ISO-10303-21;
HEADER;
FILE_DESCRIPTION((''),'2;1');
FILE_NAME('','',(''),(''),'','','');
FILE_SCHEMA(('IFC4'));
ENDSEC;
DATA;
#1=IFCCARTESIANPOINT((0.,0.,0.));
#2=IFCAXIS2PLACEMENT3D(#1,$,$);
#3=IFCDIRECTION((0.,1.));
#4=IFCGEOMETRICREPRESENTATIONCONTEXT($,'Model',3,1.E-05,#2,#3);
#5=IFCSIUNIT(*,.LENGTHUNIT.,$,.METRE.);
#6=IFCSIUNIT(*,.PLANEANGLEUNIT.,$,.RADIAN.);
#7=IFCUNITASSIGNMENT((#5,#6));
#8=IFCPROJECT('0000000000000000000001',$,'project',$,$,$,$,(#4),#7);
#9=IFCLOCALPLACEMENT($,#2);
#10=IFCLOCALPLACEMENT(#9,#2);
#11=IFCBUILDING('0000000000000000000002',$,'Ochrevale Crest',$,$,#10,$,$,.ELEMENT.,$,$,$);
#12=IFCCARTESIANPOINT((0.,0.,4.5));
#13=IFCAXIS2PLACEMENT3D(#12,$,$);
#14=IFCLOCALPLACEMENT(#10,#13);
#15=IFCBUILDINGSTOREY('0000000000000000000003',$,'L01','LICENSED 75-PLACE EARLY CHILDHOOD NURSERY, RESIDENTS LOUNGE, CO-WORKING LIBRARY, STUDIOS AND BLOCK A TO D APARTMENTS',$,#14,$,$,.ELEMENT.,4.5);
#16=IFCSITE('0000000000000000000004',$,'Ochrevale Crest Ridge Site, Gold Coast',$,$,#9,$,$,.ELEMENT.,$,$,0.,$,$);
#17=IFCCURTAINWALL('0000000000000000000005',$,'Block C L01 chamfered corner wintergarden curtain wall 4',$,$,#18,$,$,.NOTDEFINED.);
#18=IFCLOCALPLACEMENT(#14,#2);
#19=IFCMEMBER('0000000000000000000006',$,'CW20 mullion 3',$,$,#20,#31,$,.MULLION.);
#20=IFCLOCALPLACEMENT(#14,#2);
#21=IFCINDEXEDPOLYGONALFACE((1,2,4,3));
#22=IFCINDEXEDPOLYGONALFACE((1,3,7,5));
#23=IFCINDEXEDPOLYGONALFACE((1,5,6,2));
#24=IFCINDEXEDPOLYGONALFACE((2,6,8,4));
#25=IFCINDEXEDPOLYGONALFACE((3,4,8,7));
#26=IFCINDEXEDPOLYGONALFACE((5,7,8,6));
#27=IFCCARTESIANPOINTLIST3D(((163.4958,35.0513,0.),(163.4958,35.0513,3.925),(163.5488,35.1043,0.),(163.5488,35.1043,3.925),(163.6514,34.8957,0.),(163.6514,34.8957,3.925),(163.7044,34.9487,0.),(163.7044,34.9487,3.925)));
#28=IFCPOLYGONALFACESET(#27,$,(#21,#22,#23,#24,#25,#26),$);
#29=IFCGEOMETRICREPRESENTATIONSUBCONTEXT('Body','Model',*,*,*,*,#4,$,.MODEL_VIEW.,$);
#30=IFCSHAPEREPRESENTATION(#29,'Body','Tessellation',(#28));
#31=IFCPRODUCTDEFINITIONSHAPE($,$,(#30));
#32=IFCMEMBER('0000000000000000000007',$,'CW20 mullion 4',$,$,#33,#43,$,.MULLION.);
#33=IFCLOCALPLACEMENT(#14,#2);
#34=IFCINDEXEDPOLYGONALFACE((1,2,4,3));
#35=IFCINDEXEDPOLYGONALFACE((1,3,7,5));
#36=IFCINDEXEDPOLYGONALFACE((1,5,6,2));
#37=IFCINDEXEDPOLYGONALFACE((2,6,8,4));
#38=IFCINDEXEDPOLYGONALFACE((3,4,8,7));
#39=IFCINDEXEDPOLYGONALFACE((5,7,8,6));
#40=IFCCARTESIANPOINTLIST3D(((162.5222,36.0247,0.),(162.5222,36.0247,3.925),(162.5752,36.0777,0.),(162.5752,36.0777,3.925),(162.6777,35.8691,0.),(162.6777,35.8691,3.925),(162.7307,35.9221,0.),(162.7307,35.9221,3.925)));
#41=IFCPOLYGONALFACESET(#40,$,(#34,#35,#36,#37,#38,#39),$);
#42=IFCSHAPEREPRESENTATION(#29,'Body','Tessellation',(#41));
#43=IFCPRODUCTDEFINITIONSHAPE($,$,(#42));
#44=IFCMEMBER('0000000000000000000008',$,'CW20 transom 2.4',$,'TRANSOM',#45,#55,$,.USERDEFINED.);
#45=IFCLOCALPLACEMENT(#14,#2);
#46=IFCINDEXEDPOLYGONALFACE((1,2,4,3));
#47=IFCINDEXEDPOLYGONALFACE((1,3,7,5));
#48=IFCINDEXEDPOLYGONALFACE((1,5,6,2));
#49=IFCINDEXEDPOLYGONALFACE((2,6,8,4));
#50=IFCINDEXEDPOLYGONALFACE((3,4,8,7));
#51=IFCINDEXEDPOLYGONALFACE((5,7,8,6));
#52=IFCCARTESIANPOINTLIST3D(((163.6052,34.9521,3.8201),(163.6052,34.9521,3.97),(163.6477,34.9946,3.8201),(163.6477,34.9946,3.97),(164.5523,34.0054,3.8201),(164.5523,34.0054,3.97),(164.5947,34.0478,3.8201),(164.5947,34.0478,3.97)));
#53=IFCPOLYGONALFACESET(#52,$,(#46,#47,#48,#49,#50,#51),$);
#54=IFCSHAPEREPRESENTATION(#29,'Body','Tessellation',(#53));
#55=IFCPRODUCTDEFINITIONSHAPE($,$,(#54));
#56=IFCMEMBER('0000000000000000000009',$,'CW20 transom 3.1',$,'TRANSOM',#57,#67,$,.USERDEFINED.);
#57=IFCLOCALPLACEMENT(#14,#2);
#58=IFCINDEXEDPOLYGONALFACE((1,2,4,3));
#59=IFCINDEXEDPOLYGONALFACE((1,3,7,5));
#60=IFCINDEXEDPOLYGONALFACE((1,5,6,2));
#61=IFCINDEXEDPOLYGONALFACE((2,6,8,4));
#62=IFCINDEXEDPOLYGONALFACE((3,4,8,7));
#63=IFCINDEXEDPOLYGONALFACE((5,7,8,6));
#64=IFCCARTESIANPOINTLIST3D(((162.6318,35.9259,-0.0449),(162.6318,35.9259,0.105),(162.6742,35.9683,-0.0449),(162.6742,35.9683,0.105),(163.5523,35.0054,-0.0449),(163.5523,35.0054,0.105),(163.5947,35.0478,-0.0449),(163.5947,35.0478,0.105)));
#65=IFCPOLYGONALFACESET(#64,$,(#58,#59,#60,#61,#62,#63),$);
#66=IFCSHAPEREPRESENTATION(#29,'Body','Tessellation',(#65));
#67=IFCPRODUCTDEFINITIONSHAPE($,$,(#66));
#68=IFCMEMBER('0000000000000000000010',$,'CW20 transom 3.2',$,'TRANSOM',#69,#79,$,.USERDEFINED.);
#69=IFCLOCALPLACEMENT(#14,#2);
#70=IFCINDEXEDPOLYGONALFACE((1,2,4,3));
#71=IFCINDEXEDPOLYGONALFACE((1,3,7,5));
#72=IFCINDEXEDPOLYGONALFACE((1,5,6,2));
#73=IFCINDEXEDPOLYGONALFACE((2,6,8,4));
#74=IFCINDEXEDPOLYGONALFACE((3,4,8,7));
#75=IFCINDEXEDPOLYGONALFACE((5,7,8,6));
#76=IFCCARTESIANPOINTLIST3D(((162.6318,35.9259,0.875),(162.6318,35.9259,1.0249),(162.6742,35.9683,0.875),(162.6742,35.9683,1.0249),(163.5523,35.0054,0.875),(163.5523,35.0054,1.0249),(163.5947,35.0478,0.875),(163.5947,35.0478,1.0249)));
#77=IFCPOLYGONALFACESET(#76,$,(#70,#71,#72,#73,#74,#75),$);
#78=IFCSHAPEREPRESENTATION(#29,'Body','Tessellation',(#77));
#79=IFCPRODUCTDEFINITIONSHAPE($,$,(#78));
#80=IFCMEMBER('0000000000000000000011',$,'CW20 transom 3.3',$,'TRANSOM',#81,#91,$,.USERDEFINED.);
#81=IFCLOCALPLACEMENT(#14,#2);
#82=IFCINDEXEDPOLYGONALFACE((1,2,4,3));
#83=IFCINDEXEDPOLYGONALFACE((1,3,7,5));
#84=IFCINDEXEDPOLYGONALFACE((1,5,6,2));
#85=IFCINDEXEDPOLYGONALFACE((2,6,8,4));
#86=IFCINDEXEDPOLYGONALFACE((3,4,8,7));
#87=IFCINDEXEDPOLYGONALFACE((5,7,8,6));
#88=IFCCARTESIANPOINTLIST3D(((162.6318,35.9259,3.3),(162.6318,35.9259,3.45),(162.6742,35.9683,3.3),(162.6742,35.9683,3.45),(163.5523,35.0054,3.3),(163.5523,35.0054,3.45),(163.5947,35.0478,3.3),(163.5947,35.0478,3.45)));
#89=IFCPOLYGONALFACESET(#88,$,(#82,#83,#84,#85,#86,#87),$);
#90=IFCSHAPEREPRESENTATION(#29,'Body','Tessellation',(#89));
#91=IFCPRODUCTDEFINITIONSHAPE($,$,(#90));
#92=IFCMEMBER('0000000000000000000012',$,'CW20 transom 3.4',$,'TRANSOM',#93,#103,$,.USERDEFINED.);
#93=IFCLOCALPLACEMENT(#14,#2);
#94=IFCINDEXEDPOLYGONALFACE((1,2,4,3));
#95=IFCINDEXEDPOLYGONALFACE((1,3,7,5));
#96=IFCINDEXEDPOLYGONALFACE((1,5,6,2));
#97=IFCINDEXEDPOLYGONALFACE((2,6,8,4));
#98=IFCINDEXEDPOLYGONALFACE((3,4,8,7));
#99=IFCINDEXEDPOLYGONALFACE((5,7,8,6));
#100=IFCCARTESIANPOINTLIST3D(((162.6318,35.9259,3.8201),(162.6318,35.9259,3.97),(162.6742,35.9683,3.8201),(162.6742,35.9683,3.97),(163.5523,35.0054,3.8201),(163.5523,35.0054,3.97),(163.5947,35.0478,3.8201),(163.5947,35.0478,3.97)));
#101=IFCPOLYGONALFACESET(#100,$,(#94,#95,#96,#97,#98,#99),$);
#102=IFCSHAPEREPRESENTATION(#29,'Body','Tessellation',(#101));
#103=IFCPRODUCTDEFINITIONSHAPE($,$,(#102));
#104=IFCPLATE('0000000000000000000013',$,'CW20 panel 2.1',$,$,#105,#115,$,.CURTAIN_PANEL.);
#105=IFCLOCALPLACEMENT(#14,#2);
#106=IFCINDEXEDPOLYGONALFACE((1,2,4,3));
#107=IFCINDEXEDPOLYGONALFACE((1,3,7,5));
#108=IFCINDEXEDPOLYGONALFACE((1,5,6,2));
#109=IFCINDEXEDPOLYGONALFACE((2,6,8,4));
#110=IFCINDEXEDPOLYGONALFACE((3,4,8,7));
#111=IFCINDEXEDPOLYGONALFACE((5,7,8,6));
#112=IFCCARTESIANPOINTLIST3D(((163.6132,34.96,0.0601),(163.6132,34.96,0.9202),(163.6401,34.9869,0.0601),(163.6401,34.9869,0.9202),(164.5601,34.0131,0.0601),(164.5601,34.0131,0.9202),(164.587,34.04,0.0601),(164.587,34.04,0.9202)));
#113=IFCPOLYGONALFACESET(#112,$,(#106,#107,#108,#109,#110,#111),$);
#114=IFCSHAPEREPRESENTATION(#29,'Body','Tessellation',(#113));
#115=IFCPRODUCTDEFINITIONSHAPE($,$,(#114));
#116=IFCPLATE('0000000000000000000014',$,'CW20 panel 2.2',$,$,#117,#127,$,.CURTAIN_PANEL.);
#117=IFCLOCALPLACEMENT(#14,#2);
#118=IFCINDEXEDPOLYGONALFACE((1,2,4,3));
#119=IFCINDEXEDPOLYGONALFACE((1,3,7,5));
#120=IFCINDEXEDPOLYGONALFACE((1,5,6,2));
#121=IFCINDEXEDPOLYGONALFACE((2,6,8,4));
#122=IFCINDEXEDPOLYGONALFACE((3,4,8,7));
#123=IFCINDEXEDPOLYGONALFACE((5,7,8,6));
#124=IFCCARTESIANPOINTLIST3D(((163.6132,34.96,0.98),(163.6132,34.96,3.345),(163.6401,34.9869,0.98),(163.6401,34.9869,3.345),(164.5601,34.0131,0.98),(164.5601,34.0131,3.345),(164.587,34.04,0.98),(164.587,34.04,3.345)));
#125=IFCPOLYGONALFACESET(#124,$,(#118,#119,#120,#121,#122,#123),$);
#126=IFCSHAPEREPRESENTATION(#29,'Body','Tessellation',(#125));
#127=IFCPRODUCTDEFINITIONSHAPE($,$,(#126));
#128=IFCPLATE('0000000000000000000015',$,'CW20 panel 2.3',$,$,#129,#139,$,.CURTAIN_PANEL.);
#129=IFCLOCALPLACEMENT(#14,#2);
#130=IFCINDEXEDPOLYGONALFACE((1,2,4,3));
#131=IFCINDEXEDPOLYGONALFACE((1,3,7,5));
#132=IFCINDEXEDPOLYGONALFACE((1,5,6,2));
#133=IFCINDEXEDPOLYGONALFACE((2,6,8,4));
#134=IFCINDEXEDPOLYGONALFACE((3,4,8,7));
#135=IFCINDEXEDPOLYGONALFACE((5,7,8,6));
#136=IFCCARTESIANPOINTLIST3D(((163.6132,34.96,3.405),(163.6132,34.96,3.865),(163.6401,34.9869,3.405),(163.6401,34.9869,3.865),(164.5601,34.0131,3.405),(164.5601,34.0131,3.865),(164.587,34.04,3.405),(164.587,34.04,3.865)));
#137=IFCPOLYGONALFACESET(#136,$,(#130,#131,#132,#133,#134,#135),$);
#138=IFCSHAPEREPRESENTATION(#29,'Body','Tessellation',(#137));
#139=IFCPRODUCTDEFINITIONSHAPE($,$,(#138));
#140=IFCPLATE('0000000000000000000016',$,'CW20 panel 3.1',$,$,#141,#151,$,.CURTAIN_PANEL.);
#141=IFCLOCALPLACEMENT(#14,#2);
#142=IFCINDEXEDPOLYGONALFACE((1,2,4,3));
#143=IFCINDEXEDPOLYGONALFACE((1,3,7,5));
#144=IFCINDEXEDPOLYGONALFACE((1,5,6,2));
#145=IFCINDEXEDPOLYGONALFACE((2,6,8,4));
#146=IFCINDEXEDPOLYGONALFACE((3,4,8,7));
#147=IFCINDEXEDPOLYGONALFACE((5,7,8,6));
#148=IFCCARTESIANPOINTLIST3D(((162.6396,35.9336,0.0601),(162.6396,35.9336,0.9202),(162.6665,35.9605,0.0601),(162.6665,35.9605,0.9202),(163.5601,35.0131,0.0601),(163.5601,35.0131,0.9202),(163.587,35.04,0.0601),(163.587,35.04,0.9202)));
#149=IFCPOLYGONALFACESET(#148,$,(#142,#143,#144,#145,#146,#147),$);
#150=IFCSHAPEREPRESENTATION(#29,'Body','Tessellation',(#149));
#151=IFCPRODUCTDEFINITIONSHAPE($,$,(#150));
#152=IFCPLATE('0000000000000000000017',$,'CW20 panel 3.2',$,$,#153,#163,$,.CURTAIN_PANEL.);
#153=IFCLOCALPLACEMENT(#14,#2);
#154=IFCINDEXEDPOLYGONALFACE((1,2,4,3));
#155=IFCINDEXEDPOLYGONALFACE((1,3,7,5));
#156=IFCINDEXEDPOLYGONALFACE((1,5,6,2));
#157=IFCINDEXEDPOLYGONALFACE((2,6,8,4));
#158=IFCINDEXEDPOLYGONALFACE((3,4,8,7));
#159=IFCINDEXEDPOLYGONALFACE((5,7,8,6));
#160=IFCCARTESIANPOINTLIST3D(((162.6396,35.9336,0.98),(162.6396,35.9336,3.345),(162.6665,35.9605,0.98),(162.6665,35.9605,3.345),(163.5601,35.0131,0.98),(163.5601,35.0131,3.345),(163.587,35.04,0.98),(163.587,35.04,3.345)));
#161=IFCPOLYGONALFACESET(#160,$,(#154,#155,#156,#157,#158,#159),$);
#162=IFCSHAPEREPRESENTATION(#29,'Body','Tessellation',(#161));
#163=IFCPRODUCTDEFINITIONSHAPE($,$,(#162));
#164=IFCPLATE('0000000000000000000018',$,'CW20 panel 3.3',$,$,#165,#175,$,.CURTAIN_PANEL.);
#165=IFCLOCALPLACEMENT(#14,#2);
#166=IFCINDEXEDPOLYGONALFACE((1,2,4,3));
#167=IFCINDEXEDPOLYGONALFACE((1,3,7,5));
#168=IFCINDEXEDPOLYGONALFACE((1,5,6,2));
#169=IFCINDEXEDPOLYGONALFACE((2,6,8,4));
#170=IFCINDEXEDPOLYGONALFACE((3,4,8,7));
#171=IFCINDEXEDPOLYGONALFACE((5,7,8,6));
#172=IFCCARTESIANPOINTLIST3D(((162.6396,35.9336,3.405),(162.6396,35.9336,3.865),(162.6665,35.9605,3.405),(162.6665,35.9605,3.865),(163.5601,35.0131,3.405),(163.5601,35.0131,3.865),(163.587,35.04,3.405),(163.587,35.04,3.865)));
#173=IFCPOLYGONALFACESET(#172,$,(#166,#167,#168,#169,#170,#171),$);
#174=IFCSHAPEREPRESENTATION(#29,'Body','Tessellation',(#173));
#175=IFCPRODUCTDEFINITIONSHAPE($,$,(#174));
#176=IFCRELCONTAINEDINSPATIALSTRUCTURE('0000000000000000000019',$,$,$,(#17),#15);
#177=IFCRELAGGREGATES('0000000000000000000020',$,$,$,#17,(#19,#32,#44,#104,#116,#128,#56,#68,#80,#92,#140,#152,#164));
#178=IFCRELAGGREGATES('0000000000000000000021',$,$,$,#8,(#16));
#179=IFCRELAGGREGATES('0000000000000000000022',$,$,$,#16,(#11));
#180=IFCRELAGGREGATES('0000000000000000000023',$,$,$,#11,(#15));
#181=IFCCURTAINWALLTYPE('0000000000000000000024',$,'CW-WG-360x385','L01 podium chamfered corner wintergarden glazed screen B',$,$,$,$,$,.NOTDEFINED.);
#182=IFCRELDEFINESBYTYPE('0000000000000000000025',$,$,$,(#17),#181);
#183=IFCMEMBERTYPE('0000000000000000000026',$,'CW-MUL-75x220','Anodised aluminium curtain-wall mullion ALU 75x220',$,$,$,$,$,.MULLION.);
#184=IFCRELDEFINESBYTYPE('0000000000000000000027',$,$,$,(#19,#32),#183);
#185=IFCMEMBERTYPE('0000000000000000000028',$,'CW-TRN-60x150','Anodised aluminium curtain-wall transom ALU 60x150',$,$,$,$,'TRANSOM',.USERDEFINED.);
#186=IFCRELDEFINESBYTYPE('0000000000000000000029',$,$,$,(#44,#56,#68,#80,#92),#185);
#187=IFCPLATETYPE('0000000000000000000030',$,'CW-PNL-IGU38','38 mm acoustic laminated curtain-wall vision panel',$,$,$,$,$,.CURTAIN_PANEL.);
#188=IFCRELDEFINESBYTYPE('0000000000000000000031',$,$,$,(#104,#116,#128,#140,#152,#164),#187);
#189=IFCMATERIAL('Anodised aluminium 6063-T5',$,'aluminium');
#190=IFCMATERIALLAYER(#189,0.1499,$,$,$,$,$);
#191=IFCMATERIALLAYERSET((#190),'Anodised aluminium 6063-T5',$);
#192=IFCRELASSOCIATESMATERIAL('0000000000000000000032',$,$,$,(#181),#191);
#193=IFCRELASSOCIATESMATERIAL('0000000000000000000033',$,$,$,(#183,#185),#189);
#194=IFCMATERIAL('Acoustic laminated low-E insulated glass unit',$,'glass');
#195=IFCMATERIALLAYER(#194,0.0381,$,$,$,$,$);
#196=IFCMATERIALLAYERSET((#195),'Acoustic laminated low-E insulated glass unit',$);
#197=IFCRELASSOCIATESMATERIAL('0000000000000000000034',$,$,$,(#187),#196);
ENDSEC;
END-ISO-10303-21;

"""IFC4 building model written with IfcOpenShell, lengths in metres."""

from ifc_helpers import new_model, si_unit, direction, frame, origin, origin_2d, place, context, subcontext, project, spatial, rectangle, extrude, material, layer, layer_set, material_profile, profile_set, type_object, element, aggregate, save


model = new_model("IFC4")

# Units and contexts
model_context = context("Model", 3, precision=1e-05, world=origin(), true_north=direction((0.0, 1.0)))
body_context = subcontext(model_context, "Body", "Model", "MODEL_VIEW")
ifc_project = project(units=[si_unit("LENGTHUNIT", "METRE"), si_unit("PLANEANGLEUNIT", "RADIAN")], contexts=[model_context])

# Site, building, storey
site_placement = place(None, origin())
site = spatial("IfcSite", under=ifc_project, at=site_placement, Name="Ochrevale Crest Ridge Site, Gold Coast", CompositionType="ELEMENT", RefElevation=0.0)
building_placement = place(site_placement, origin())
building = spatial("IfcBuilding", under=site, at=building_placement, Name="Ochrevale Crest", CompositionType="ELEMENT")
storey_placement = place(building_placement, frame((0.0, 0.0, 4.5)))
storey = spatial("IfcBuildingStorey", under=building, at=storey_placement, Name="L01", Description="LICENSED 75-PLACE EARLY CHILDHOOD NURSERY, RESIDENTS LOUNGE, CO-WORKING LIBRARY, STUDIOS AND BLOCK A TO D APARTMENTS", CompositionType="ELEMENT", Elevation=4.5)

# Curtain wall, members, plates
ifc_material_1 = material(Name="Anodised aluminium 6063-T5", Category="aluminium")
ifc_layer_1 = layer(ifc_material_1, 0.1499)
ifc_layer_set_1 = layer_set([ifc_layer_1], Name="Anodised aluminium 6063-T5")
curtain_wall_type = type_object("IfcCurtainWallType", Name="CW-WG-360x385", Description="L01 podium chamfered corner wintergarden glazed screen B", PredefinedType="NOTDEFINED", material=ifc_layer_set_1)
curtain_wall_placement = place(storey_placement, origin())
curtain_wall = element("IfcCurtainWall", 1, at=curtain_wall_placement, inside=storey, type_object=curtain_wall_type, Name="Block C L01 chamfered corner wintergarden curtain wall 4", PredefinedType="NOTDEFINED")
ifc_material_profile_1 = material_profile(ifc_material_1, rectangle(XDim=0.075, YDim=0.22, at=origin_2d()), Name="ALU 75x220")
ifc_profile_set_1 = profile_set([ifc_material_profile_1], Name="Anodised aluminium 6063-T5")
member_type_1 = type_object("IfcMemberType", Name="CW-MUL-75x220", Description="Anodised aluminium curtain-wall mullion ALU 75x220", PredefinedType="MULLION", material=ifc_profile_set_1)
member_1_placement = place(storey_placement, frame((163.6001, 35.0, 0.0), z_axis=(0.0, 0.0, 1.0), x_axis=(-0.707107, -0.707107, 0.0)))
member_1 = element("IfcMember", 2, at=member_1_placement, type_object=member_type_1, Name="CW20 mullion 3", PredefinedType="MULLION", context=body_context, shape_type="SweptSolid", body=[
    extrude(rectangle(XDim=0.075, YDim=0.22, at=origin_2d()), origin(), (0.0, 0.0, 1.0), 3.925),
])
member_2_placement = place(storey_placement, frame((162.6265, 35.9734, 0.0), z_axis=(0.0, 0.0, 1.0), x_axis=(-0.707107, -0.707107, 0.0)))
member_2 = element("IfcMember", 3, at=member_2_placement, type_object=member_type_1, Name="CW20 mullion 4", PredefinedType="MULLION", context=body_context, shape_type="SweptSolid", body=[
    extrude(rectangle(XDim=0.075, YDim=0.22, at=origin_2d()), origin(), (0.0, 0.0, 1.0), 3.925),
])
ifc_material_profile_2 = material_profile(ifc_material_1, rectangle(XDim=0.0601, YDim=0.1499, at=origin_2d()), Name="ALU 60x150")
ifc_profile_set_2 = profile_set([ifc_material_profile_2], Name="Anodised aluminium 6063-T5")
member_type_2 = type_object("IfcMemberType", Name="CW-TRN-60x150", Description="Anodised aluminium curtain-wall transom ALU 60x150", ElementType="TRANSOM", PredefinedType="USERDEFINED", material=ifc_profile_set_2)
member_3_placement = place(storey_placement, frame((164.5735, 34.0266, 3.895), z_axis=(-0.707198, 0.707016, 0.0), x_axis=(-0.707016, -0.707198, 0.0)))
member_3 = element("IfcMember", 4, at=member_3_placement, type_object=member_type_2, Name="CW20 transom 2.4", ObjectType="TRANSOM", PredefinedType="USERDEFINED", context=body_context, shape_type="SweptSolid", body=[
    extrude(rectangle(XDim=0.0601, YDim=0.1499, at=origin_2d()), origin(), (0.0, 0.0, 1.0), 1.3391),
])
member_4_placement = place(storey_placement, frame((163.5735, 35.0266, 0.03), z_axis=(-0.707107, 0.707107, 0.0), x_axis=(-0.707107, -0.707107, 0.0)))
member_4 = element("IfcMember", 5, at=member_4_placement, type_object=member_type_2, Name="CW20 transom 3.1", ObjectType="TRANSOM", PredefinedType="USERDEFINED", context=body_context, shape_type="SweptSolid", body=[
    extrude(rectangle(XDim=0.0601, YDim=0.1499, at=origin_2d()), origin(), (0.0, 0.0, 1.0), 1.3018),
])
member_5_placement = place(storey_placement, frame((163.5735, 35.0266, 0.95), z_axis=(-0.707107, 0.707107, 0.0), x_axis=(-0.707107, -0.707107, 0.0)))
member_5 = element("IfcMember", 6, at=member_5_placement, type_object=member_type_2, Name="CW20 transom 3.2", ObjectType="TRANSOM", PredefinedType="USERDEFINED", context=body_context, shape_type="SweptSolid", body=[
    extrude(rectangle(XDim=0.0601, YDim=0.1499, at=origin_2d()), origin(), (0.0, 0.0, 1.0), 1.3018),
])
member_6_placement = place(storey_placement, frame((163.5735, 35.0266, 3.375), z_axis=(-0.707107, 0.707107, 0.0), x_axis=(-0.707107, -0.707107, 0.0)))
member_6 = element("IfcMember", 7, at=member_6_placement, type_object=member_type_2, Name="CW20 transom 3.3", ObjectType="TRANSOM", PredefinedType="USERDEFINED", context=body_context, shape_type="SweptSolid", body=[
    extrude(rectangle(XDim=0.0601, YDim=0.1499, at=origin_2d()), origin(), (0.0, 0.0, 1.0), 1.3018),
])
member_7_placement = place(storey_placement, frame((163.5735, 35.0266, 3.895), z_axis=(-0.707107, 0.707107, 0.0), x_axis=(-0.707107, -0.707107, 0.0)))
member_7 = element("IfcMember", 8, at=member_7_placement, type_object=member_type_2, Name="CW20 transom 3.4", ObjectType="TRANSOM", PredefinedType="USERDEFINED", context=body_context, shape_type="SweptSolid", body=[
    extrude(rectangle(XDim=0.0601, YDim=0.1499, at=origin_2d()), origin(), (0.0, 0.0, 1.0), 1.3018),
])
ifc_material_2 = material(Name="Acoustic laminated low-E insulated glass unit", Category="glass")
ifc_layer_2 = layer(ifc_material_2, 0.0381)
ifc_layer_set_2 = layer_set([ifc_layer_2], Name="Acoustic laminated low-E insulated glass unit")
plate_type = type_object("IfcPlateType", Name="CW-PNL-IGU38", Description="38 mm acoustic laminated curtain-wall vision panel", PredefinedType="CURTAIN_PANEL", material=ifc_layer_set_2)
plate_1_placement = place(storey_placement, frame((164.1001, 34.5, 0.0601), z_axis=(0.0, 0.0, 1.0), x_axis=(-0.707107, 0.707107, 0.0)))
plate_1 = element("IfcPlate", 9, at=plate_1_placement, type_object=plate_type, Name="CW20 panel 2.1", PredefinedType="CURTAIN_PANEL", context=body_context, shape_type="SweptSolid", body=[
    extrude(rectangle(XDim=1.3391, YDim=0.0381, at=origin_2d()), origin(), (0.0, 0.0, 1.0), 0.8601),
])
plate_2_placement = place(storey_placement, frame((164.1001, 34.5, 0.98), z_axis=(0.0, 0.0, 1.0), x_axis=(-0.707107, 0.707107, 0.0)))
plate_2 = element("IfcPlate", 10, at=plate_2_placement, type_object=plate_type, Name="CW20 panel 2.2", PredefinedType="CURTAIN_PANEL", context=body_context, shape_type="SweptSolid", body=[
    extrude(rectangle(XDim=1.3391, YDim=0.0381, at=origin_2d()), origin(), (0.0, 0.0, 1.0), 2.365),
])
plate_3_placement = place(storey_placement, frame((164.1001, 34.5, 3.405), z_axis=(0.0, 0.0, 1.0), x_axis=(-0.707107, 0.707107, 0.0)))
plate_3 = element("IfcPlate", 11, at=plate_3_placement, type_object=plate_type, Name="CW20 panel 2.3", PredefinedType="CURTAIN_PANEL", context=body_context, shape_type="SweptSolid", body=[
    extrude(rectangle(XDim=1.3391, YDim=0.0381, at=origin_2d()), origin(), (0.0, 0.0, 1.0), 0.46),
])
plate_4_placement = place(storey_placement, frame((163.1133, 35.4868, 0.0601), z_axis=(0.0, 0.0, 1.0), x_axis=(-0.707107, 0.707107, 0.0)))
plate_4 = element("IfcPlate", 12, at=plate_4_placement, type_object=plate_type, Name="CW20 panel 3.1", PredefinedType="CURTAIN_PANEL", context=body_context, shape_type="SweptSolid", body=[
    extrude(rectangle(XDim=1.3018, YDim=0.0381, at=origin_2d()), origin(), (0.0, 0.0, 1.0), 0.8601),
])
plate_5_placement = place(storey_placement, frame((163.1133, 35.4868, 0.98), z_axis=(0.0, 0.0, 1.0), x_axis=(-0.707107, 0.707107, 0.0)))
plate_5 = element("IfcPlate", 13, at=plate_5_placement, type_object=plate_type, Name="CW20 panel 3.2", PredefinedType="CURTAIN_PANEL", context=body_context, shape_type="SweptSolid", body=[
    extrude(rectangle(XDim=1.3018, YDim=0.0381, at=origin_2d()), origin(), (0.0, 0.0, 1.0), 2.365),
])
plate_6_placement = place(storey_placement, frame((163.1133, 35.4868, 3.405), z_axis=(0.0, 0.0, 1.0), x_axis=(-0.707107, 0.707107, 0.0)))
plate_6 = element("IfcPlate", 14, at=plate_6_placement, type_object=plate_type, Name="CW20 panel 3.3", PredefinedType="CURTAIN_PANEL", context=body_context, shape_type="SweptSolid", body=[
    extrude(rectangle(XDim=1.3018, YDim=0.0381, at=origin_2d()), origin(), (0.0, 0.0, 1.0), 0.46),
])
aggregate(curtain_wall, [member_1, member_2, member_3, plate_1, plate_2, plate_3, member_4, member_5, member_6, member_7, plate_4, plate_5, plate_6])

save(model, "model.ifc")
